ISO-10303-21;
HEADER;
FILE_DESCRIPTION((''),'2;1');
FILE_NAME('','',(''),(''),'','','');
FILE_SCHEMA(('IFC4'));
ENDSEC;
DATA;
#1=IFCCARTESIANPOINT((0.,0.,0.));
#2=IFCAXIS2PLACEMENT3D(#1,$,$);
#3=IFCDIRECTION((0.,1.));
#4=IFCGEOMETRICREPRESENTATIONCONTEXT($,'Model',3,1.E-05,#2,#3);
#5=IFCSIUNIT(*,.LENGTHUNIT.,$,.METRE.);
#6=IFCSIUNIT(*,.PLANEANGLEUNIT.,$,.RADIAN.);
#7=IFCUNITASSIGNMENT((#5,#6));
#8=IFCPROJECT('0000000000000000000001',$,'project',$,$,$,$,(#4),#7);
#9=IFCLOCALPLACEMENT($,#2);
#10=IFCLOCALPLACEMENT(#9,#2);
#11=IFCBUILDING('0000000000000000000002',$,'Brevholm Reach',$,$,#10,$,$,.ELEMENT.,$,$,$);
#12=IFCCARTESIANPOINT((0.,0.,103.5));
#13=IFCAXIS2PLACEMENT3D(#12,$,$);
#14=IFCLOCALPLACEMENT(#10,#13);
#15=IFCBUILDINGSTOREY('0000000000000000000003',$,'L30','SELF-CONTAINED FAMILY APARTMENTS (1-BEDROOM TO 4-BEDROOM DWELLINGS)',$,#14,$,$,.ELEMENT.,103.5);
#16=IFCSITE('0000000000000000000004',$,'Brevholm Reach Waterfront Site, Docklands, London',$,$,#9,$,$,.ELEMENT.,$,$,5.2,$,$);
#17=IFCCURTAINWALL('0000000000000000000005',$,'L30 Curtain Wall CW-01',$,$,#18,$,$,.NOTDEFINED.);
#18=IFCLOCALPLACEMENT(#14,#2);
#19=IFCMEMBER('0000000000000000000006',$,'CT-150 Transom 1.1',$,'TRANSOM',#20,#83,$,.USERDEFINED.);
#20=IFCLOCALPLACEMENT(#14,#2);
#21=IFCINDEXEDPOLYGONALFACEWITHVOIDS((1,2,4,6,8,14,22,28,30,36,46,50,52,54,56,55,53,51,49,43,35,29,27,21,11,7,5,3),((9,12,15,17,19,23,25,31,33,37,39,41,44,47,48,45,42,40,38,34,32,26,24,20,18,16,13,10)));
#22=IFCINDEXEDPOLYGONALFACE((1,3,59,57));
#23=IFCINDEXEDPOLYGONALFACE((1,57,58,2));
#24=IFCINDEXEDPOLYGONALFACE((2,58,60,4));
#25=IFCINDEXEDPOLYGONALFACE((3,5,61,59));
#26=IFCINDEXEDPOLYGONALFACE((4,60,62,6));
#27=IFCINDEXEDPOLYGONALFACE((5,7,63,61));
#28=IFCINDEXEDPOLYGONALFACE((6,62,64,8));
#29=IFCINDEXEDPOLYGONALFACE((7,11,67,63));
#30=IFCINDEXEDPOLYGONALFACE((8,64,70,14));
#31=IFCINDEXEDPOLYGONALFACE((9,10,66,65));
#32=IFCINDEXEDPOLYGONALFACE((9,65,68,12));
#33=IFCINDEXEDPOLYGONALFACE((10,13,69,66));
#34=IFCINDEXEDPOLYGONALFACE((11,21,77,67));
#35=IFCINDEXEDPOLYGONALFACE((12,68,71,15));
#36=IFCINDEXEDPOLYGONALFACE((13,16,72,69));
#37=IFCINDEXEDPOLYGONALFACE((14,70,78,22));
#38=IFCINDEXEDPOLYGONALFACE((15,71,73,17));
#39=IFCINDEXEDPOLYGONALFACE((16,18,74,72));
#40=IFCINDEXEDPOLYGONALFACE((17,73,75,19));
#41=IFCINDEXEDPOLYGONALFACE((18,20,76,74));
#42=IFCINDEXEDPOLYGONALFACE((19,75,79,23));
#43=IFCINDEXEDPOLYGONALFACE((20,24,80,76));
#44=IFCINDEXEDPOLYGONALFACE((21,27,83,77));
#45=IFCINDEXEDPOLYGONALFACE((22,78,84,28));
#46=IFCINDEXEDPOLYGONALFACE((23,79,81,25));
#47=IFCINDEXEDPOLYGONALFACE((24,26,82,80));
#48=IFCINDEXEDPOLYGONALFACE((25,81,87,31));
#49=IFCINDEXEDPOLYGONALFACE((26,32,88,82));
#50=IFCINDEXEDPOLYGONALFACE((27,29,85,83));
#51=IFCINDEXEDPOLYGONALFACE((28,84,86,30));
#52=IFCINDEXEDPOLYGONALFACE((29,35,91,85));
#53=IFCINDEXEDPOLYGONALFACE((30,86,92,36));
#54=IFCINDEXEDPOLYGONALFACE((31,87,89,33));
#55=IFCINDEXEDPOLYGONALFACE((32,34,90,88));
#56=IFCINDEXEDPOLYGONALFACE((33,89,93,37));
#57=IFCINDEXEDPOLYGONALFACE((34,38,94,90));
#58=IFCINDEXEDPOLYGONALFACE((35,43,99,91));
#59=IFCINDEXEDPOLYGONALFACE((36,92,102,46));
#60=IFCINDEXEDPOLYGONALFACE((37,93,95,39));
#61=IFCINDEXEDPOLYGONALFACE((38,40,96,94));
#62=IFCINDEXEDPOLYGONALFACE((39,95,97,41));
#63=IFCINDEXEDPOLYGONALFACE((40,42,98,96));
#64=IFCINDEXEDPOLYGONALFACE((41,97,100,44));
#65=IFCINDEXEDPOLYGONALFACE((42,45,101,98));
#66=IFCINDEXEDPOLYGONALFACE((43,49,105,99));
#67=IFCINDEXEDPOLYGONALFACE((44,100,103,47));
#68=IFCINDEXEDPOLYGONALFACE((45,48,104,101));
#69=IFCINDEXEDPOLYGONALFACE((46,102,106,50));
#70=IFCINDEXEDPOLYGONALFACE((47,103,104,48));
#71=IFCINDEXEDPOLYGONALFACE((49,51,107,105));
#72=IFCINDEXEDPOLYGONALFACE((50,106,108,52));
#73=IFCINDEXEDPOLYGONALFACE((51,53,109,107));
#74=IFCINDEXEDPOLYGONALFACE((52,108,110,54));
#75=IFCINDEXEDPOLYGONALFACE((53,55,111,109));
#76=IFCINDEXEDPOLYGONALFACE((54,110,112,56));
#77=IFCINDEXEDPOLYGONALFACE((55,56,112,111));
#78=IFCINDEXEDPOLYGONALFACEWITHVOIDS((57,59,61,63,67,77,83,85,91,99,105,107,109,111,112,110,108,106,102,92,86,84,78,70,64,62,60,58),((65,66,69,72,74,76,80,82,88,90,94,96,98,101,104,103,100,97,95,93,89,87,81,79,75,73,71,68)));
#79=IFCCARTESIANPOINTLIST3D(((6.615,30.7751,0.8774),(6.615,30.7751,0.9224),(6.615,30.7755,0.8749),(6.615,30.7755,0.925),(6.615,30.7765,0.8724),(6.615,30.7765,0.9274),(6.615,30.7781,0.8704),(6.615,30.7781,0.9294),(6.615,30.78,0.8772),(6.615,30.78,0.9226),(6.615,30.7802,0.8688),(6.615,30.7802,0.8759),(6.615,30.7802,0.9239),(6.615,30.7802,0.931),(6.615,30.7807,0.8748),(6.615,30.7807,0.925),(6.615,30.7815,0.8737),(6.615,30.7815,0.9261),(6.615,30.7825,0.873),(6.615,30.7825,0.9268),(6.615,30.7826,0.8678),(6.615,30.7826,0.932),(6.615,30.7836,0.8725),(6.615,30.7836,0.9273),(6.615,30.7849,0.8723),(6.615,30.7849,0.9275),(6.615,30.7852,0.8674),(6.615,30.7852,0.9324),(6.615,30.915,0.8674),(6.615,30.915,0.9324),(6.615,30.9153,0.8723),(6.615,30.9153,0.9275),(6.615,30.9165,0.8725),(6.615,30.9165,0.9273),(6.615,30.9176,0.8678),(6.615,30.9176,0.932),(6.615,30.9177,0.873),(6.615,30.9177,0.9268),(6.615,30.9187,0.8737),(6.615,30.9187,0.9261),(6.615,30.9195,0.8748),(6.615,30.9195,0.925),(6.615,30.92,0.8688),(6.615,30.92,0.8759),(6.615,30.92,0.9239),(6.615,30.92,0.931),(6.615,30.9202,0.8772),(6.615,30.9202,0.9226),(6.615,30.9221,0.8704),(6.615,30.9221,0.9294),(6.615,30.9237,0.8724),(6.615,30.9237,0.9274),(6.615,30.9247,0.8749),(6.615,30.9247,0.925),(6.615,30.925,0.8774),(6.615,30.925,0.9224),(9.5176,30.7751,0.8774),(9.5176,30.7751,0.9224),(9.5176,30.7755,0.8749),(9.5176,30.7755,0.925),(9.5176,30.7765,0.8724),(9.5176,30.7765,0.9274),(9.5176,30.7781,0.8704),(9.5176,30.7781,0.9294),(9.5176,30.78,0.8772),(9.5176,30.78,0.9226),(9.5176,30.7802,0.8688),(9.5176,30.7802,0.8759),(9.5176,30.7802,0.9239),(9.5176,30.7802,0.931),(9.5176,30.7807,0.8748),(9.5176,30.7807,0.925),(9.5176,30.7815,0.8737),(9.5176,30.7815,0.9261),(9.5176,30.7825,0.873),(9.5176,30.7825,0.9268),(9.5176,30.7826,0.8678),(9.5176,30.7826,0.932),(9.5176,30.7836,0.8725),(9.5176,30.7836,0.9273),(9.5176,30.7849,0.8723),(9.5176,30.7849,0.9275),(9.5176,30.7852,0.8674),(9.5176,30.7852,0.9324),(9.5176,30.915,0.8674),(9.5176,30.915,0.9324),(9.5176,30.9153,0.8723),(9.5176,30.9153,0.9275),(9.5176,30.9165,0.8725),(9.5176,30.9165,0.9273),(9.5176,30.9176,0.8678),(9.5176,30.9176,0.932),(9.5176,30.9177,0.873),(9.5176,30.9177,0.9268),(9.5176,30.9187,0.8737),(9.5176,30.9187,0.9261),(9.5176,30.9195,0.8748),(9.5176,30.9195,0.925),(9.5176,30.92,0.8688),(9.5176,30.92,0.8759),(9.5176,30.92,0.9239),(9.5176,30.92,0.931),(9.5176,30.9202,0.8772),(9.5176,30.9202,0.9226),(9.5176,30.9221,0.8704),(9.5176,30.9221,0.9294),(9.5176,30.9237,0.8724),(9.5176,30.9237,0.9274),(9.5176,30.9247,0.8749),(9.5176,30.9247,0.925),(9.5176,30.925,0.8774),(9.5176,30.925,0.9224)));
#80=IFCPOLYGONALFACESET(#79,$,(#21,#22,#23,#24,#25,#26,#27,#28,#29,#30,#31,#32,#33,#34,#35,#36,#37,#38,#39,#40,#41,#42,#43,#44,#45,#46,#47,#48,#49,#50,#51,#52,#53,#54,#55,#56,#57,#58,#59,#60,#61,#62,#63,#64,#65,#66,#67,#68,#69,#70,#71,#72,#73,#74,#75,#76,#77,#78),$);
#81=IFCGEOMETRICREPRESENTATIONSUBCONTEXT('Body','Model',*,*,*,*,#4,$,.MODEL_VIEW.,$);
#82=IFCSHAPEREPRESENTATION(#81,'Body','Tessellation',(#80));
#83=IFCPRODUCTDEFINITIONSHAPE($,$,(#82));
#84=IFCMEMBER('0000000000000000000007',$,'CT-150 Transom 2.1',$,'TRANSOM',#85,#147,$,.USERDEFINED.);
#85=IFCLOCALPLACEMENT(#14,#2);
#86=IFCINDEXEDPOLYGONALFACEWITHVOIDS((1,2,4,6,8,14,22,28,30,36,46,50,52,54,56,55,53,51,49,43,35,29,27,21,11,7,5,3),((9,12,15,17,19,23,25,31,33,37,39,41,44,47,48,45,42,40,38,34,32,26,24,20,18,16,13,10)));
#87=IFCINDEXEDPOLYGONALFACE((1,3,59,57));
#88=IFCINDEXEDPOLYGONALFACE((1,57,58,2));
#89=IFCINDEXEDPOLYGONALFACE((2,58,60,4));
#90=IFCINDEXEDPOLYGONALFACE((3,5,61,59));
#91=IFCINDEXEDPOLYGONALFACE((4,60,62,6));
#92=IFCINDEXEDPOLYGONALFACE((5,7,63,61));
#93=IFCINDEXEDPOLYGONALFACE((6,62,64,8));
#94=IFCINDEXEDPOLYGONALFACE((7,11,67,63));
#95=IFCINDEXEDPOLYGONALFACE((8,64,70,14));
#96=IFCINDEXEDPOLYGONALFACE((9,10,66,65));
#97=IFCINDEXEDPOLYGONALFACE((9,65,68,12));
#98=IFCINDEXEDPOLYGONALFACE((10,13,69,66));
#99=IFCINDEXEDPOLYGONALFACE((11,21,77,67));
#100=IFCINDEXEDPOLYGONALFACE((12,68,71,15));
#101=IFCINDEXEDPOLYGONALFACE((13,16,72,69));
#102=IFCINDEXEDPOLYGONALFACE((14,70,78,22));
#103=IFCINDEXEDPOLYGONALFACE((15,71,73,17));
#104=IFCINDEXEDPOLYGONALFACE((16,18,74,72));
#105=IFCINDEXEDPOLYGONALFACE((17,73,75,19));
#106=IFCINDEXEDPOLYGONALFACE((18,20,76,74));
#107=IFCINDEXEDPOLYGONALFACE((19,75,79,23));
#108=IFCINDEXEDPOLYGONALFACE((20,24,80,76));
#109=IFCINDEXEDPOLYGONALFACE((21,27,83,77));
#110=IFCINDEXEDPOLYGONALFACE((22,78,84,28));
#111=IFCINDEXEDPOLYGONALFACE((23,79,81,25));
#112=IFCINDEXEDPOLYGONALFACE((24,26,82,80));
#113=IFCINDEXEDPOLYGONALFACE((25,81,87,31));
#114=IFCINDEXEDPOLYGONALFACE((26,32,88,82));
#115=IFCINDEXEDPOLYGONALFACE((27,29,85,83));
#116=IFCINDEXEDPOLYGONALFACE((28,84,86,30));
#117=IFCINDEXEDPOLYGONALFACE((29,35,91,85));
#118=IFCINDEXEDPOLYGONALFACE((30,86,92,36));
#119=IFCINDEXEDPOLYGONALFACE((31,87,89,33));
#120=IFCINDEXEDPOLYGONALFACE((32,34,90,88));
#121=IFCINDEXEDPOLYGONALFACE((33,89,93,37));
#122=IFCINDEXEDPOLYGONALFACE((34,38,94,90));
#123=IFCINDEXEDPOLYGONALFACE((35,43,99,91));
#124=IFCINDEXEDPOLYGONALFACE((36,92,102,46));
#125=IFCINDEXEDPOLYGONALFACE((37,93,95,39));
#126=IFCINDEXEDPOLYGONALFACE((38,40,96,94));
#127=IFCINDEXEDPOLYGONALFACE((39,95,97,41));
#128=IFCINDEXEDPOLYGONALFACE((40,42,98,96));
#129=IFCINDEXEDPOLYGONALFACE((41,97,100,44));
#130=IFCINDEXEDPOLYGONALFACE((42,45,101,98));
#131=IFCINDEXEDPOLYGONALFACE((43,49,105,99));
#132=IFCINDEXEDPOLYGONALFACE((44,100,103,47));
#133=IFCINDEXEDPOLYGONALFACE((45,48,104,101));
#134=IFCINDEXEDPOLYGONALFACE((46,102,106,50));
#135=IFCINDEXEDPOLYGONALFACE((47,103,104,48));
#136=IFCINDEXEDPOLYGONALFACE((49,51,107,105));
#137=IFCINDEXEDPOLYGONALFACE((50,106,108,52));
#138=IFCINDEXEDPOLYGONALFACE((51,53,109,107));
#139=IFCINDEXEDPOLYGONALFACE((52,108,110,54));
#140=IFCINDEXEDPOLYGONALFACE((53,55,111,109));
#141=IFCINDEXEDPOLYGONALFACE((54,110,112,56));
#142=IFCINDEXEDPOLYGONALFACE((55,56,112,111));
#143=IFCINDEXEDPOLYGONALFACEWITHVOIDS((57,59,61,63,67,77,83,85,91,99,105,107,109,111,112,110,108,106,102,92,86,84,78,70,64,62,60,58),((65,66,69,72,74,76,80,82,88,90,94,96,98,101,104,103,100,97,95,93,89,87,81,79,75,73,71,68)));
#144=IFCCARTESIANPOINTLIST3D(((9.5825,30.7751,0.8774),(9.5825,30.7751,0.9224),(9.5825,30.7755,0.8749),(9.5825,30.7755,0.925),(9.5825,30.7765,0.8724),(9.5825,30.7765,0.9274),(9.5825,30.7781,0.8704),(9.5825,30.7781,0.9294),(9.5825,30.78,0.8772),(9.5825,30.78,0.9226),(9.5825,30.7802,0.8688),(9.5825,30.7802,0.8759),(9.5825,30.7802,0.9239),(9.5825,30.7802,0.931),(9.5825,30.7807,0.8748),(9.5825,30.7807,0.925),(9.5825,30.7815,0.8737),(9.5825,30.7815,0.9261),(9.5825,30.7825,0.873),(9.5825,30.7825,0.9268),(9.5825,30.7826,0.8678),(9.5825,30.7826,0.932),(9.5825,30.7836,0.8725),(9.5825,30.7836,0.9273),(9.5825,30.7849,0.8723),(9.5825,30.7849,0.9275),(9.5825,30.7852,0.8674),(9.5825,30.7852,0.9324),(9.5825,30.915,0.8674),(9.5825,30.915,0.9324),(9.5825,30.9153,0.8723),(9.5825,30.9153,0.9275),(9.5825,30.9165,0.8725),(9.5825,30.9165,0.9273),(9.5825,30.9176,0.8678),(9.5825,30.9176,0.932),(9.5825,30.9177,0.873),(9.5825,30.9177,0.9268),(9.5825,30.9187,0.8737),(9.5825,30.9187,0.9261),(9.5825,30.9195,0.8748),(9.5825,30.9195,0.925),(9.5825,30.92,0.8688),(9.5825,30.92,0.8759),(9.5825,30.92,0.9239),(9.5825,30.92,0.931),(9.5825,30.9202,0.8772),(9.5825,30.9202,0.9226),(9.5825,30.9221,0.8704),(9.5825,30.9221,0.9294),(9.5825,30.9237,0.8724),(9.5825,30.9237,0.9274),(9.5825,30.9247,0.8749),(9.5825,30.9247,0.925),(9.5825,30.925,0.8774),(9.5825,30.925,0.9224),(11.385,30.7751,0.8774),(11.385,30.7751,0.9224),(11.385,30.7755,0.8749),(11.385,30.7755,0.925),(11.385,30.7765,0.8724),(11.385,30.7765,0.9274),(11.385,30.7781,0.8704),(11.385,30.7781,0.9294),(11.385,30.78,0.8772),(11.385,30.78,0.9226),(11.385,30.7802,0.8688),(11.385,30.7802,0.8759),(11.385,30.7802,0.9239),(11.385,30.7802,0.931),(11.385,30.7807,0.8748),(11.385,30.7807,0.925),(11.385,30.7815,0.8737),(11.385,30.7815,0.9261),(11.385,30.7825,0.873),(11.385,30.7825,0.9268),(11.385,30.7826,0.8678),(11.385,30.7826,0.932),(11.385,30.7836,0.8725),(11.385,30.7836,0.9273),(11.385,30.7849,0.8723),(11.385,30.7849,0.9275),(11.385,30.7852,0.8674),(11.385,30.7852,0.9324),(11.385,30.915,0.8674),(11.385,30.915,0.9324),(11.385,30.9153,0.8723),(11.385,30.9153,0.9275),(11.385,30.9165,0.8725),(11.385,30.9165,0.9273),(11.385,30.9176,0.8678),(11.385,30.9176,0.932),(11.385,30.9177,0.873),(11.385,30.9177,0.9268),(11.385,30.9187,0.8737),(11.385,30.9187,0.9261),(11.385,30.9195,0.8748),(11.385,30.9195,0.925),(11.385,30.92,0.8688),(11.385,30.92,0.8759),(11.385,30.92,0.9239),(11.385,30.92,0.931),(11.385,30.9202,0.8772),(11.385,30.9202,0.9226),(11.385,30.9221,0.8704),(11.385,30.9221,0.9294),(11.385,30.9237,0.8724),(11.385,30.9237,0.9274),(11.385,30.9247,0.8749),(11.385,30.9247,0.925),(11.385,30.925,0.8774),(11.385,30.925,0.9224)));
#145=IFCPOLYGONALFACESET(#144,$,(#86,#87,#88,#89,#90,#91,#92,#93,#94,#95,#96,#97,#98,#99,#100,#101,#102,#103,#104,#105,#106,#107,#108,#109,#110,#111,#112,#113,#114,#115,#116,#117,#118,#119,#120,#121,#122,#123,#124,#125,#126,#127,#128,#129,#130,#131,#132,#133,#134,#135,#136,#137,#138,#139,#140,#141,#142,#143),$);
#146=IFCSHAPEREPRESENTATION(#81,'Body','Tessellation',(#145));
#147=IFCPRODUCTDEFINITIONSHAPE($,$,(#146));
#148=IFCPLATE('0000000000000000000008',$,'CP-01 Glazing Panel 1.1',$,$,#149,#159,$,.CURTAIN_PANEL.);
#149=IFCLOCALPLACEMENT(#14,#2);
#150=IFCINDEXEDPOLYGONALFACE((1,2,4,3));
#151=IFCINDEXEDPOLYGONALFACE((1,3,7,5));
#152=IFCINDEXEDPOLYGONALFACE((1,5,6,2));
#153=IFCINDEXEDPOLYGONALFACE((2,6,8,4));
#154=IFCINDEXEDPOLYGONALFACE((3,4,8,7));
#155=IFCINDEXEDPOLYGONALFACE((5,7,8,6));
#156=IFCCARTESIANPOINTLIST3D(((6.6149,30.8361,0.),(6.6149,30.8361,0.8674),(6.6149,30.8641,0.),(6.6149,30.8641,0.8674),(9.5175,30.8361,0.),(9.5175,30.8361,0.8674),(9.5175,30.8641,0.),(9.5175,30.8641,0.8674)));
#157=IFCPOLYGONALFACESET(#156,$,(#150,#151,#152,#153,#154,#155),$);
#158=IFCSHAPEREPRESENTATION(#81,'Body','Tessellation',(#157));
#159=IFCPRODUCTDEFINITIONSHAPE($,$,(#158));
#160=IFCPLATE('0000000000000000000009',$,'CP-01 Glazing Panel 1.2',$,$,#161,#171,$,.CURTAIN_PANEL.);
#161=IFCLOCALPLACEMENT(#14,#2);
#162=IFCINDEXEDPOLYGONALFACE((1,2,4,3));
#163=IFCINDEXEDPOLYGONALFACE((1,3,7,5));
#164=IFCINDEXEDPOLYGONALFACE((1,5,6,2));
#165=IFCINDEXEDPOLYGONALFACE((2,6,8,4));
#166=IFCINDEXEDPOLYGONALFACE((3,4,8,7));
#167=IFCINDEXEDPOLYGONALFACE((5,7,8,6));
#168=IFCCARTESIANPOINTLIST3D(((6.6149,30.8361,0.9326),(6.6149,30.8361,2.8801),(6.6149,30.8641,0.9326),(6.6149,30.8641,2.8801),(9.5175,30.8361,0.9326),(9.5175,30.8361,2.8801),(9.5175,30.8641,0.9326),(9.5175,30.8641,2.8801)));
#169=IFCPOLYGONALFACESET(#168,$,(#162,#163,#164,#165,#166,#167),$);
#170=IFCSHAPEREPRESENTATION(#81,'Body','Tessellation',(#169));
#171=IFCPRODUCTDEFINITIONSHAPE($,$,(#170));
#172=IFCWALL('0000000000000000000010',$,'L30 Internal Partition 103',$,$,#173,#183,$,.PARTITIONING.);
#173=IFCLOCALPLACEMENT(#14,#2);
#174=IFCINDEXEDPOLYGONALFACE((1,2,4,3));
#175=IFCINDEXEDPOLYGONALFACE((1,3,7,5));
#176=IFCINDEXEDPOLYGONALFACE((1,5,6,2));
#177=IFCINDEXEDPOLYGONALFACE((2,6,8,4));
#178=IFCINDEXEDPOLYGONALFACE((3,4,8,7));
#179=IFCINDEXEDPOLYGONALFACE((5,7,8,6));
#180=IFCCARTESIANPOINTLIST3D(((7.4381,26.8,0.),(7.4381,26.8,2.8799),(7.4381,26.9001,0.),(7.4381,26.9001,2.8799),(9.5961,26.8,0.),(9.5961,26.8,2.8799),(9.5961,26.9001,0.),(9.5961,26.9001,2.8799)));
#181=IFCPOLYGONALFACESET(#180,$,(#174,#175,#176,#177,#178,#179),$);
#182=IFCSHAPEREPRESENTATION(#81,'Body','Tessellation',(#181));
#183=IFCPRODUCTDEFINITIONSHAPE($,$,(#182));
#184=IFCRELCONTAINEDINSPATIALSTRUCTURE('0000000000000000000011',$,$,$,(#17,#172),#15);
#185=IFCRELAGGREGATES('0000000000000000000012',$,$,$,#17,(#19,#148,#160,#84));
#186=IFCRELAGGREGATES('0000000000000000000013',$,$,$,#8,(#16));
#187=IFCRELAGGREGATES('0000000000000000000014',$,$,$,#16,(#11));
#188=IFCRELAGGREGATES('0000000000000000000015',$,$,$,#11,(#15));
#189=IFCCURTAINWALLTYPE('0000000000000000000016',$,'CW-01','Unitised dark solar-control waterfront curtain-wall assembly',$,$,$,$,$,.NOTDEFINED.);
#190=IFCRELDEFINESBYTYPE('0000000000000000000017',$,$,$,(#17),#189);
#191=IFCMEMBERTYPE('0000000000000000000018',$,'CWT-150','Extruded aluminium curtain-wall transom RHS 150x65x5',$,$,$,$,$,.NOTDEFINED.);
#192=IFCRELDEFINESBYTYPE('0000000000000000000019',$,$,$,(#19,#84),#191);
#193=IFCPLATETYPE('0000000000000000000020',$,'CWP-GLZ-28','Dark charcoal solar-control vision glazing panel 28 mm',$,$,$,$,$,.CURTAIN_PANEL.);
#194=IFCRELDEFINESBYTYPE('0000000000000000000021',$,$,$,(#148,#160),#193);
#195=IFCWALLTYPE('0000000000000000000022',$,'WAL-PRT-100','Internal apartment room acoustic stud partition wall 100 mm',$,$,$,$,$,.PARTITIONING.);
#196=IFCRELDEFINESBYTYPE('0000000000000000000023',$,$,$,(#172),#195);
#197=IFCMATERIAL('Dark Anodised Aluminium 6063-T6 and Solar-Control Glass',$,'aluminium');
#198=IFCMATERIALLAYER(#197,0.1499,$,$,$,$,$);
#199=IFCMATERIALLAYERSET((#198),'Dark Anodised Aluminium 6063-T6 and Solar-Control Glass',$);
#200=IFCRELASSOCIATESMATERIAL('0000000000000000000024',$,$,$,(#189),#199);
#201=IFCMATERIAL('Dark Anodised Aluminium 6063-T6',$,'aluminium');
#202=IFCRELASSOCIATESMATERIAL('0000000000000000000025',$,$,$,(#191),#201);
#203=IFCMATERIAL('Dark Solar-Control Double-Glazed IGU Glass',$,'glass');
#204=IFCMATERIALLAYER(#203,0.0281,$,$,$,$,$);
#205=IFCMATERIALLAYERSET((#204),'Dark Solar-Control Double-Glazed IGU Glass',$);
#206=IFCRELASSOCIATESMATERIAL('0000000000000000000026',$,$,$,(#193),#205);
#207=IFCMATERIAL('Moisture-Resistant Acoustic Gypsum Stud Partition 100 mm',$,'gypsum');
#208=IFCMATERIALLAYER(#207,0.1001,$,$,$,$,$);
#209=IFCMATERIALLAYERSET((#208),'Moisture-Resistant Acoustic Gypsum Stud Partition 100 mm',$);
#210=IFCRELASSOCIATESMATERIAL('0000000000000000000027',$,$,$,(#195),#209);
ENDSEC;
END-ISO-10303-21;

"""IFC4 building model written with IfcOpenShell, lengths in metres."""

from ifc_helpers import new_model, si_unit, direction, frame, frame_2d, origin, origin_2d, place, context, subcontext, project, spatial, rectangle, hollow_rectangle, extrude, material, layer, layer_set, material_profile, profile_set, type_object, element, aggregate, save


model = new_model("IFC4")

# Units and contexts
model_context = context("Model", 3, precision=1e-05, world=origin(), true_north=direction((0.0, 1.0)))
body_context = subcontext(model_context, "Body", "Model", "MODEL_VIEW")
ifc_project = project(units=[si_unit("LENGTHUNIT", "METRE"), si_unit("PLANEANGLEUNIT", "RADIAN")], contexts=[model_context])

# Site, building, storey
site_placement = place(None, origin())
site = spatial("IfcSite", under=ifc_project, at=site_placement, Name="Brevholm Reach Waterfront Site, Docklands, London", CompositionType="ELEMENT", RefElevation=5.2)
building_placement = place(site_placement, origin())
building = spatial("IfcBuilding", under=site, at=building_placement, Name="Brevholm Reach", CompositionType="ELEMENT")
storey_placement = place(building_placement, frame((0.0, 0.0, 103.5)))
storey = spatial("IfcBuildingStorey", under=building, at=storey_placement, Name="L30", Description="SELF-CONTAINED FAMILY APARTMENTS (1-BEDROOM TO 4-BEDROOM DWELLINGS)", CompositionType="ELEMENT", Elevation=103.5)

# Curtain wall, members, plates
ifc_material_1 = material(Name="Dark Anodised Aluminium 6063-T6 and Solar-Control Glass", Category="aluminium")
ifc_layer_1 = layer(ifc_material_1, 0.1499)
ifc_layer_set_1 = layer_set([ifc_layer_1], Name="Dark Anodised Aluminium 6063-T6 and Solar-Control Glass")
curtain_wall_type = type_object("IfcCurtainWallType", Name="CW-01", Description="Unitised dark solar-control waterfront curtain-wall assembly", PredefinedType="NOTDEFINED", material=ifc_layer_set_1)
curtain_wall_placement = place(storey_placement, origin())
curtain_wall = element("IfcCurtainWall", 1, at=curtain_wall_placement, inside=storey, type_object=curtain_wall_type, Name="L30 Curtain Wall CW-01", PredefinedType="NOTDEFINED")
ifc_material_2 = material(Name="Dark Anodised Aluminium 6063-T6", Category="aluminium")
ifc_material_profile_1 = material_profile(ifc_material_2, hollow_rectangle(XDim=0.0649, YDim=0.1499, WallThickness=0.0049, InnerFilletRadius=0.0049, OuterFilletRadius=0.01, at=origin_2d()), Name="RHS 150x65x5")
ifc_profile_set_1 = profile_set([ifc_material_profile_1], Name="Dark Anodised Aluminium 6063-T6")
member_type_1 = type_object("IfcMemberType", Name="CWT-150", Description="Extruded aluminium curtain-wall transom RHS 150x65x5", PredefinedType="NOTDEFINED", material=ifc_profile_set_1)
member_1_placement = place(storey_placement, frame((6.615, 30.8501, 0.8999), z_axis=(1.0, 0.0, 0.0), x_axis=(0.0, 0.0, 1.0)))
member_1 = element("IfcMember", 2, at=member_1_placement, type_object=member_type_1, Name="CT-150 Transom 1.1", ObjectType="TRANSOM", PredefinedType="USERDEFINED", context=body_context, shape_type="SweptSolid", body=[
    extrude(hollow_rectangle(XDim=0.0649, YDim=0.1499, WallThickness=0.0049, InnerFilletRadius=0.0049, OuterFilletRadius=0.01, at=origin_2d()), origin(), (0.0, 0.0, 1.0), 2.9026),
])
member_2_placement = place(storey_placement, frame((9.5825, 30.8501, 0.8999), z_axis=(1.0, 0.0, 0.0), x_axis=(0.0, 0.0, 1.0)))
member_2 = element("IfcMember", 3, at=member_2_placement, type_object=member_type_1, Name="CT-150 Transom 2.1", ObjectType="TRANSOM", PredefinedType="USERDEFINED", context=body_context, shape_type="SweptSolid", body=[
    extrude(hollow_rectangle(XDim=0.0649, YDim=0.1499, WallThickness=0.0049, InnerFilletRadius=0.0049, OuterFilletRadius=0.01, at=origin_2d()), origin(), (0.0, 0.0, 1.0), 1.8025),
])
ifc_material_3 = material(Name="Dark Solar-Control Double-Glazed IGU Glass", Category="glass")
ifc_layer_2 = layer(ifc_material_3, 0.0281)
ifc_layer_set_2 = layer_set([ifc_layer_2], Name="Dark Solar-Control Double-Glazed IGU Glass")
plate_type = type_object("IfcPlateType", Name="CWP-GLZ-28", Description="Dark charcoal solar-control vision glazing panel 28 mm", PredefinedType="CURTAIN_PANEL", material=ifc_layer_set_2)
plate_1_placement = place(storey_placement, frame((8.0662, 30.8501, 0.0), z_axis=(0.0, 0.0, 1.0), x_axis=(1.0, 0.0, 0.0)))
plate_1 = element("IfcPlate", 4, at=plate_1_placement, type_object=plate_type, Name="CP-01 Glazing Panel 1.1", PredefinedType="CURTAIN_PANEL", context=body_context, shape_type="SweptSolid", body=[
    extrude(rectangle(XDim=2.9026, YDim=0.0281, at=origin_2d()), origin(), (0.0, 0.0, 1.0), 0.8674),
])
plate_2_placement = place(storey_placement, frame((8.0662, 30.8501, 0.9326), z_axis=(0.0, 0.0, 1.0), x_axis=(1.0, 0.0, 0.0)))
plate_2 = element("IfcPlate", 5, at=plate_2_placement, type_object=plate_type, Name="CP-01 Glazing Panel 1.2", PredefinedType="CURTAIN_PANEL", context=body_context, shape_type="SweptSolid", body=[
    extrude(rectangle(XDim=2.9026, YDim=0.0281, at=origin_2d()), origin(), (0.0, 0.0, 1.0), 1.9475),
])
aggregate(curtain_wall, [member_1, plate_1, plate_2, member_2])

# Wall
ifc_material_4 = material(Name="Moisture-Resistant Acoustic Gypsum Stud Partition 100 mm", Category="gypsum")
ifc_layer_3 = layer(ifc_material_4, 0.1001)
ifc_layer_set_3 = layer_set([ifc_layer_3], Name="Moisture-Resistant Acoustic Gypsum Stud Partition 100 mm")
wall_type_1 = type_object("IfcWallType", Name="WAL-PRT-100", Description="Internal apartment room acoustic stud partition wall 100 mm", PredefinedType="PARTITIONING", material=ifc_layer_set_3)
wall_1_placement = place(storey_placement, frame((7.438, 26.8501, 0.0), z_axis=(0.0, 0.0, 1.0), x_axis=(1.0, 0.0, 0.0)))
element("IfcWall", 6, at=wall_1_placement, inside=storey, type_object=wall_type_1, Name="L30 Internal Partition 103", PredefinedType="PARTITIONING", context=body_context, shape_type="SweptSolid", body=[
    extrude(rectangle(XDim=2.158, YDim=0.1001, at=frame_2d((1.0791, 0.0))), origin(), (0.0, 0.0, 1.0), 2.8799),
])

save(model, "model.ifc")
